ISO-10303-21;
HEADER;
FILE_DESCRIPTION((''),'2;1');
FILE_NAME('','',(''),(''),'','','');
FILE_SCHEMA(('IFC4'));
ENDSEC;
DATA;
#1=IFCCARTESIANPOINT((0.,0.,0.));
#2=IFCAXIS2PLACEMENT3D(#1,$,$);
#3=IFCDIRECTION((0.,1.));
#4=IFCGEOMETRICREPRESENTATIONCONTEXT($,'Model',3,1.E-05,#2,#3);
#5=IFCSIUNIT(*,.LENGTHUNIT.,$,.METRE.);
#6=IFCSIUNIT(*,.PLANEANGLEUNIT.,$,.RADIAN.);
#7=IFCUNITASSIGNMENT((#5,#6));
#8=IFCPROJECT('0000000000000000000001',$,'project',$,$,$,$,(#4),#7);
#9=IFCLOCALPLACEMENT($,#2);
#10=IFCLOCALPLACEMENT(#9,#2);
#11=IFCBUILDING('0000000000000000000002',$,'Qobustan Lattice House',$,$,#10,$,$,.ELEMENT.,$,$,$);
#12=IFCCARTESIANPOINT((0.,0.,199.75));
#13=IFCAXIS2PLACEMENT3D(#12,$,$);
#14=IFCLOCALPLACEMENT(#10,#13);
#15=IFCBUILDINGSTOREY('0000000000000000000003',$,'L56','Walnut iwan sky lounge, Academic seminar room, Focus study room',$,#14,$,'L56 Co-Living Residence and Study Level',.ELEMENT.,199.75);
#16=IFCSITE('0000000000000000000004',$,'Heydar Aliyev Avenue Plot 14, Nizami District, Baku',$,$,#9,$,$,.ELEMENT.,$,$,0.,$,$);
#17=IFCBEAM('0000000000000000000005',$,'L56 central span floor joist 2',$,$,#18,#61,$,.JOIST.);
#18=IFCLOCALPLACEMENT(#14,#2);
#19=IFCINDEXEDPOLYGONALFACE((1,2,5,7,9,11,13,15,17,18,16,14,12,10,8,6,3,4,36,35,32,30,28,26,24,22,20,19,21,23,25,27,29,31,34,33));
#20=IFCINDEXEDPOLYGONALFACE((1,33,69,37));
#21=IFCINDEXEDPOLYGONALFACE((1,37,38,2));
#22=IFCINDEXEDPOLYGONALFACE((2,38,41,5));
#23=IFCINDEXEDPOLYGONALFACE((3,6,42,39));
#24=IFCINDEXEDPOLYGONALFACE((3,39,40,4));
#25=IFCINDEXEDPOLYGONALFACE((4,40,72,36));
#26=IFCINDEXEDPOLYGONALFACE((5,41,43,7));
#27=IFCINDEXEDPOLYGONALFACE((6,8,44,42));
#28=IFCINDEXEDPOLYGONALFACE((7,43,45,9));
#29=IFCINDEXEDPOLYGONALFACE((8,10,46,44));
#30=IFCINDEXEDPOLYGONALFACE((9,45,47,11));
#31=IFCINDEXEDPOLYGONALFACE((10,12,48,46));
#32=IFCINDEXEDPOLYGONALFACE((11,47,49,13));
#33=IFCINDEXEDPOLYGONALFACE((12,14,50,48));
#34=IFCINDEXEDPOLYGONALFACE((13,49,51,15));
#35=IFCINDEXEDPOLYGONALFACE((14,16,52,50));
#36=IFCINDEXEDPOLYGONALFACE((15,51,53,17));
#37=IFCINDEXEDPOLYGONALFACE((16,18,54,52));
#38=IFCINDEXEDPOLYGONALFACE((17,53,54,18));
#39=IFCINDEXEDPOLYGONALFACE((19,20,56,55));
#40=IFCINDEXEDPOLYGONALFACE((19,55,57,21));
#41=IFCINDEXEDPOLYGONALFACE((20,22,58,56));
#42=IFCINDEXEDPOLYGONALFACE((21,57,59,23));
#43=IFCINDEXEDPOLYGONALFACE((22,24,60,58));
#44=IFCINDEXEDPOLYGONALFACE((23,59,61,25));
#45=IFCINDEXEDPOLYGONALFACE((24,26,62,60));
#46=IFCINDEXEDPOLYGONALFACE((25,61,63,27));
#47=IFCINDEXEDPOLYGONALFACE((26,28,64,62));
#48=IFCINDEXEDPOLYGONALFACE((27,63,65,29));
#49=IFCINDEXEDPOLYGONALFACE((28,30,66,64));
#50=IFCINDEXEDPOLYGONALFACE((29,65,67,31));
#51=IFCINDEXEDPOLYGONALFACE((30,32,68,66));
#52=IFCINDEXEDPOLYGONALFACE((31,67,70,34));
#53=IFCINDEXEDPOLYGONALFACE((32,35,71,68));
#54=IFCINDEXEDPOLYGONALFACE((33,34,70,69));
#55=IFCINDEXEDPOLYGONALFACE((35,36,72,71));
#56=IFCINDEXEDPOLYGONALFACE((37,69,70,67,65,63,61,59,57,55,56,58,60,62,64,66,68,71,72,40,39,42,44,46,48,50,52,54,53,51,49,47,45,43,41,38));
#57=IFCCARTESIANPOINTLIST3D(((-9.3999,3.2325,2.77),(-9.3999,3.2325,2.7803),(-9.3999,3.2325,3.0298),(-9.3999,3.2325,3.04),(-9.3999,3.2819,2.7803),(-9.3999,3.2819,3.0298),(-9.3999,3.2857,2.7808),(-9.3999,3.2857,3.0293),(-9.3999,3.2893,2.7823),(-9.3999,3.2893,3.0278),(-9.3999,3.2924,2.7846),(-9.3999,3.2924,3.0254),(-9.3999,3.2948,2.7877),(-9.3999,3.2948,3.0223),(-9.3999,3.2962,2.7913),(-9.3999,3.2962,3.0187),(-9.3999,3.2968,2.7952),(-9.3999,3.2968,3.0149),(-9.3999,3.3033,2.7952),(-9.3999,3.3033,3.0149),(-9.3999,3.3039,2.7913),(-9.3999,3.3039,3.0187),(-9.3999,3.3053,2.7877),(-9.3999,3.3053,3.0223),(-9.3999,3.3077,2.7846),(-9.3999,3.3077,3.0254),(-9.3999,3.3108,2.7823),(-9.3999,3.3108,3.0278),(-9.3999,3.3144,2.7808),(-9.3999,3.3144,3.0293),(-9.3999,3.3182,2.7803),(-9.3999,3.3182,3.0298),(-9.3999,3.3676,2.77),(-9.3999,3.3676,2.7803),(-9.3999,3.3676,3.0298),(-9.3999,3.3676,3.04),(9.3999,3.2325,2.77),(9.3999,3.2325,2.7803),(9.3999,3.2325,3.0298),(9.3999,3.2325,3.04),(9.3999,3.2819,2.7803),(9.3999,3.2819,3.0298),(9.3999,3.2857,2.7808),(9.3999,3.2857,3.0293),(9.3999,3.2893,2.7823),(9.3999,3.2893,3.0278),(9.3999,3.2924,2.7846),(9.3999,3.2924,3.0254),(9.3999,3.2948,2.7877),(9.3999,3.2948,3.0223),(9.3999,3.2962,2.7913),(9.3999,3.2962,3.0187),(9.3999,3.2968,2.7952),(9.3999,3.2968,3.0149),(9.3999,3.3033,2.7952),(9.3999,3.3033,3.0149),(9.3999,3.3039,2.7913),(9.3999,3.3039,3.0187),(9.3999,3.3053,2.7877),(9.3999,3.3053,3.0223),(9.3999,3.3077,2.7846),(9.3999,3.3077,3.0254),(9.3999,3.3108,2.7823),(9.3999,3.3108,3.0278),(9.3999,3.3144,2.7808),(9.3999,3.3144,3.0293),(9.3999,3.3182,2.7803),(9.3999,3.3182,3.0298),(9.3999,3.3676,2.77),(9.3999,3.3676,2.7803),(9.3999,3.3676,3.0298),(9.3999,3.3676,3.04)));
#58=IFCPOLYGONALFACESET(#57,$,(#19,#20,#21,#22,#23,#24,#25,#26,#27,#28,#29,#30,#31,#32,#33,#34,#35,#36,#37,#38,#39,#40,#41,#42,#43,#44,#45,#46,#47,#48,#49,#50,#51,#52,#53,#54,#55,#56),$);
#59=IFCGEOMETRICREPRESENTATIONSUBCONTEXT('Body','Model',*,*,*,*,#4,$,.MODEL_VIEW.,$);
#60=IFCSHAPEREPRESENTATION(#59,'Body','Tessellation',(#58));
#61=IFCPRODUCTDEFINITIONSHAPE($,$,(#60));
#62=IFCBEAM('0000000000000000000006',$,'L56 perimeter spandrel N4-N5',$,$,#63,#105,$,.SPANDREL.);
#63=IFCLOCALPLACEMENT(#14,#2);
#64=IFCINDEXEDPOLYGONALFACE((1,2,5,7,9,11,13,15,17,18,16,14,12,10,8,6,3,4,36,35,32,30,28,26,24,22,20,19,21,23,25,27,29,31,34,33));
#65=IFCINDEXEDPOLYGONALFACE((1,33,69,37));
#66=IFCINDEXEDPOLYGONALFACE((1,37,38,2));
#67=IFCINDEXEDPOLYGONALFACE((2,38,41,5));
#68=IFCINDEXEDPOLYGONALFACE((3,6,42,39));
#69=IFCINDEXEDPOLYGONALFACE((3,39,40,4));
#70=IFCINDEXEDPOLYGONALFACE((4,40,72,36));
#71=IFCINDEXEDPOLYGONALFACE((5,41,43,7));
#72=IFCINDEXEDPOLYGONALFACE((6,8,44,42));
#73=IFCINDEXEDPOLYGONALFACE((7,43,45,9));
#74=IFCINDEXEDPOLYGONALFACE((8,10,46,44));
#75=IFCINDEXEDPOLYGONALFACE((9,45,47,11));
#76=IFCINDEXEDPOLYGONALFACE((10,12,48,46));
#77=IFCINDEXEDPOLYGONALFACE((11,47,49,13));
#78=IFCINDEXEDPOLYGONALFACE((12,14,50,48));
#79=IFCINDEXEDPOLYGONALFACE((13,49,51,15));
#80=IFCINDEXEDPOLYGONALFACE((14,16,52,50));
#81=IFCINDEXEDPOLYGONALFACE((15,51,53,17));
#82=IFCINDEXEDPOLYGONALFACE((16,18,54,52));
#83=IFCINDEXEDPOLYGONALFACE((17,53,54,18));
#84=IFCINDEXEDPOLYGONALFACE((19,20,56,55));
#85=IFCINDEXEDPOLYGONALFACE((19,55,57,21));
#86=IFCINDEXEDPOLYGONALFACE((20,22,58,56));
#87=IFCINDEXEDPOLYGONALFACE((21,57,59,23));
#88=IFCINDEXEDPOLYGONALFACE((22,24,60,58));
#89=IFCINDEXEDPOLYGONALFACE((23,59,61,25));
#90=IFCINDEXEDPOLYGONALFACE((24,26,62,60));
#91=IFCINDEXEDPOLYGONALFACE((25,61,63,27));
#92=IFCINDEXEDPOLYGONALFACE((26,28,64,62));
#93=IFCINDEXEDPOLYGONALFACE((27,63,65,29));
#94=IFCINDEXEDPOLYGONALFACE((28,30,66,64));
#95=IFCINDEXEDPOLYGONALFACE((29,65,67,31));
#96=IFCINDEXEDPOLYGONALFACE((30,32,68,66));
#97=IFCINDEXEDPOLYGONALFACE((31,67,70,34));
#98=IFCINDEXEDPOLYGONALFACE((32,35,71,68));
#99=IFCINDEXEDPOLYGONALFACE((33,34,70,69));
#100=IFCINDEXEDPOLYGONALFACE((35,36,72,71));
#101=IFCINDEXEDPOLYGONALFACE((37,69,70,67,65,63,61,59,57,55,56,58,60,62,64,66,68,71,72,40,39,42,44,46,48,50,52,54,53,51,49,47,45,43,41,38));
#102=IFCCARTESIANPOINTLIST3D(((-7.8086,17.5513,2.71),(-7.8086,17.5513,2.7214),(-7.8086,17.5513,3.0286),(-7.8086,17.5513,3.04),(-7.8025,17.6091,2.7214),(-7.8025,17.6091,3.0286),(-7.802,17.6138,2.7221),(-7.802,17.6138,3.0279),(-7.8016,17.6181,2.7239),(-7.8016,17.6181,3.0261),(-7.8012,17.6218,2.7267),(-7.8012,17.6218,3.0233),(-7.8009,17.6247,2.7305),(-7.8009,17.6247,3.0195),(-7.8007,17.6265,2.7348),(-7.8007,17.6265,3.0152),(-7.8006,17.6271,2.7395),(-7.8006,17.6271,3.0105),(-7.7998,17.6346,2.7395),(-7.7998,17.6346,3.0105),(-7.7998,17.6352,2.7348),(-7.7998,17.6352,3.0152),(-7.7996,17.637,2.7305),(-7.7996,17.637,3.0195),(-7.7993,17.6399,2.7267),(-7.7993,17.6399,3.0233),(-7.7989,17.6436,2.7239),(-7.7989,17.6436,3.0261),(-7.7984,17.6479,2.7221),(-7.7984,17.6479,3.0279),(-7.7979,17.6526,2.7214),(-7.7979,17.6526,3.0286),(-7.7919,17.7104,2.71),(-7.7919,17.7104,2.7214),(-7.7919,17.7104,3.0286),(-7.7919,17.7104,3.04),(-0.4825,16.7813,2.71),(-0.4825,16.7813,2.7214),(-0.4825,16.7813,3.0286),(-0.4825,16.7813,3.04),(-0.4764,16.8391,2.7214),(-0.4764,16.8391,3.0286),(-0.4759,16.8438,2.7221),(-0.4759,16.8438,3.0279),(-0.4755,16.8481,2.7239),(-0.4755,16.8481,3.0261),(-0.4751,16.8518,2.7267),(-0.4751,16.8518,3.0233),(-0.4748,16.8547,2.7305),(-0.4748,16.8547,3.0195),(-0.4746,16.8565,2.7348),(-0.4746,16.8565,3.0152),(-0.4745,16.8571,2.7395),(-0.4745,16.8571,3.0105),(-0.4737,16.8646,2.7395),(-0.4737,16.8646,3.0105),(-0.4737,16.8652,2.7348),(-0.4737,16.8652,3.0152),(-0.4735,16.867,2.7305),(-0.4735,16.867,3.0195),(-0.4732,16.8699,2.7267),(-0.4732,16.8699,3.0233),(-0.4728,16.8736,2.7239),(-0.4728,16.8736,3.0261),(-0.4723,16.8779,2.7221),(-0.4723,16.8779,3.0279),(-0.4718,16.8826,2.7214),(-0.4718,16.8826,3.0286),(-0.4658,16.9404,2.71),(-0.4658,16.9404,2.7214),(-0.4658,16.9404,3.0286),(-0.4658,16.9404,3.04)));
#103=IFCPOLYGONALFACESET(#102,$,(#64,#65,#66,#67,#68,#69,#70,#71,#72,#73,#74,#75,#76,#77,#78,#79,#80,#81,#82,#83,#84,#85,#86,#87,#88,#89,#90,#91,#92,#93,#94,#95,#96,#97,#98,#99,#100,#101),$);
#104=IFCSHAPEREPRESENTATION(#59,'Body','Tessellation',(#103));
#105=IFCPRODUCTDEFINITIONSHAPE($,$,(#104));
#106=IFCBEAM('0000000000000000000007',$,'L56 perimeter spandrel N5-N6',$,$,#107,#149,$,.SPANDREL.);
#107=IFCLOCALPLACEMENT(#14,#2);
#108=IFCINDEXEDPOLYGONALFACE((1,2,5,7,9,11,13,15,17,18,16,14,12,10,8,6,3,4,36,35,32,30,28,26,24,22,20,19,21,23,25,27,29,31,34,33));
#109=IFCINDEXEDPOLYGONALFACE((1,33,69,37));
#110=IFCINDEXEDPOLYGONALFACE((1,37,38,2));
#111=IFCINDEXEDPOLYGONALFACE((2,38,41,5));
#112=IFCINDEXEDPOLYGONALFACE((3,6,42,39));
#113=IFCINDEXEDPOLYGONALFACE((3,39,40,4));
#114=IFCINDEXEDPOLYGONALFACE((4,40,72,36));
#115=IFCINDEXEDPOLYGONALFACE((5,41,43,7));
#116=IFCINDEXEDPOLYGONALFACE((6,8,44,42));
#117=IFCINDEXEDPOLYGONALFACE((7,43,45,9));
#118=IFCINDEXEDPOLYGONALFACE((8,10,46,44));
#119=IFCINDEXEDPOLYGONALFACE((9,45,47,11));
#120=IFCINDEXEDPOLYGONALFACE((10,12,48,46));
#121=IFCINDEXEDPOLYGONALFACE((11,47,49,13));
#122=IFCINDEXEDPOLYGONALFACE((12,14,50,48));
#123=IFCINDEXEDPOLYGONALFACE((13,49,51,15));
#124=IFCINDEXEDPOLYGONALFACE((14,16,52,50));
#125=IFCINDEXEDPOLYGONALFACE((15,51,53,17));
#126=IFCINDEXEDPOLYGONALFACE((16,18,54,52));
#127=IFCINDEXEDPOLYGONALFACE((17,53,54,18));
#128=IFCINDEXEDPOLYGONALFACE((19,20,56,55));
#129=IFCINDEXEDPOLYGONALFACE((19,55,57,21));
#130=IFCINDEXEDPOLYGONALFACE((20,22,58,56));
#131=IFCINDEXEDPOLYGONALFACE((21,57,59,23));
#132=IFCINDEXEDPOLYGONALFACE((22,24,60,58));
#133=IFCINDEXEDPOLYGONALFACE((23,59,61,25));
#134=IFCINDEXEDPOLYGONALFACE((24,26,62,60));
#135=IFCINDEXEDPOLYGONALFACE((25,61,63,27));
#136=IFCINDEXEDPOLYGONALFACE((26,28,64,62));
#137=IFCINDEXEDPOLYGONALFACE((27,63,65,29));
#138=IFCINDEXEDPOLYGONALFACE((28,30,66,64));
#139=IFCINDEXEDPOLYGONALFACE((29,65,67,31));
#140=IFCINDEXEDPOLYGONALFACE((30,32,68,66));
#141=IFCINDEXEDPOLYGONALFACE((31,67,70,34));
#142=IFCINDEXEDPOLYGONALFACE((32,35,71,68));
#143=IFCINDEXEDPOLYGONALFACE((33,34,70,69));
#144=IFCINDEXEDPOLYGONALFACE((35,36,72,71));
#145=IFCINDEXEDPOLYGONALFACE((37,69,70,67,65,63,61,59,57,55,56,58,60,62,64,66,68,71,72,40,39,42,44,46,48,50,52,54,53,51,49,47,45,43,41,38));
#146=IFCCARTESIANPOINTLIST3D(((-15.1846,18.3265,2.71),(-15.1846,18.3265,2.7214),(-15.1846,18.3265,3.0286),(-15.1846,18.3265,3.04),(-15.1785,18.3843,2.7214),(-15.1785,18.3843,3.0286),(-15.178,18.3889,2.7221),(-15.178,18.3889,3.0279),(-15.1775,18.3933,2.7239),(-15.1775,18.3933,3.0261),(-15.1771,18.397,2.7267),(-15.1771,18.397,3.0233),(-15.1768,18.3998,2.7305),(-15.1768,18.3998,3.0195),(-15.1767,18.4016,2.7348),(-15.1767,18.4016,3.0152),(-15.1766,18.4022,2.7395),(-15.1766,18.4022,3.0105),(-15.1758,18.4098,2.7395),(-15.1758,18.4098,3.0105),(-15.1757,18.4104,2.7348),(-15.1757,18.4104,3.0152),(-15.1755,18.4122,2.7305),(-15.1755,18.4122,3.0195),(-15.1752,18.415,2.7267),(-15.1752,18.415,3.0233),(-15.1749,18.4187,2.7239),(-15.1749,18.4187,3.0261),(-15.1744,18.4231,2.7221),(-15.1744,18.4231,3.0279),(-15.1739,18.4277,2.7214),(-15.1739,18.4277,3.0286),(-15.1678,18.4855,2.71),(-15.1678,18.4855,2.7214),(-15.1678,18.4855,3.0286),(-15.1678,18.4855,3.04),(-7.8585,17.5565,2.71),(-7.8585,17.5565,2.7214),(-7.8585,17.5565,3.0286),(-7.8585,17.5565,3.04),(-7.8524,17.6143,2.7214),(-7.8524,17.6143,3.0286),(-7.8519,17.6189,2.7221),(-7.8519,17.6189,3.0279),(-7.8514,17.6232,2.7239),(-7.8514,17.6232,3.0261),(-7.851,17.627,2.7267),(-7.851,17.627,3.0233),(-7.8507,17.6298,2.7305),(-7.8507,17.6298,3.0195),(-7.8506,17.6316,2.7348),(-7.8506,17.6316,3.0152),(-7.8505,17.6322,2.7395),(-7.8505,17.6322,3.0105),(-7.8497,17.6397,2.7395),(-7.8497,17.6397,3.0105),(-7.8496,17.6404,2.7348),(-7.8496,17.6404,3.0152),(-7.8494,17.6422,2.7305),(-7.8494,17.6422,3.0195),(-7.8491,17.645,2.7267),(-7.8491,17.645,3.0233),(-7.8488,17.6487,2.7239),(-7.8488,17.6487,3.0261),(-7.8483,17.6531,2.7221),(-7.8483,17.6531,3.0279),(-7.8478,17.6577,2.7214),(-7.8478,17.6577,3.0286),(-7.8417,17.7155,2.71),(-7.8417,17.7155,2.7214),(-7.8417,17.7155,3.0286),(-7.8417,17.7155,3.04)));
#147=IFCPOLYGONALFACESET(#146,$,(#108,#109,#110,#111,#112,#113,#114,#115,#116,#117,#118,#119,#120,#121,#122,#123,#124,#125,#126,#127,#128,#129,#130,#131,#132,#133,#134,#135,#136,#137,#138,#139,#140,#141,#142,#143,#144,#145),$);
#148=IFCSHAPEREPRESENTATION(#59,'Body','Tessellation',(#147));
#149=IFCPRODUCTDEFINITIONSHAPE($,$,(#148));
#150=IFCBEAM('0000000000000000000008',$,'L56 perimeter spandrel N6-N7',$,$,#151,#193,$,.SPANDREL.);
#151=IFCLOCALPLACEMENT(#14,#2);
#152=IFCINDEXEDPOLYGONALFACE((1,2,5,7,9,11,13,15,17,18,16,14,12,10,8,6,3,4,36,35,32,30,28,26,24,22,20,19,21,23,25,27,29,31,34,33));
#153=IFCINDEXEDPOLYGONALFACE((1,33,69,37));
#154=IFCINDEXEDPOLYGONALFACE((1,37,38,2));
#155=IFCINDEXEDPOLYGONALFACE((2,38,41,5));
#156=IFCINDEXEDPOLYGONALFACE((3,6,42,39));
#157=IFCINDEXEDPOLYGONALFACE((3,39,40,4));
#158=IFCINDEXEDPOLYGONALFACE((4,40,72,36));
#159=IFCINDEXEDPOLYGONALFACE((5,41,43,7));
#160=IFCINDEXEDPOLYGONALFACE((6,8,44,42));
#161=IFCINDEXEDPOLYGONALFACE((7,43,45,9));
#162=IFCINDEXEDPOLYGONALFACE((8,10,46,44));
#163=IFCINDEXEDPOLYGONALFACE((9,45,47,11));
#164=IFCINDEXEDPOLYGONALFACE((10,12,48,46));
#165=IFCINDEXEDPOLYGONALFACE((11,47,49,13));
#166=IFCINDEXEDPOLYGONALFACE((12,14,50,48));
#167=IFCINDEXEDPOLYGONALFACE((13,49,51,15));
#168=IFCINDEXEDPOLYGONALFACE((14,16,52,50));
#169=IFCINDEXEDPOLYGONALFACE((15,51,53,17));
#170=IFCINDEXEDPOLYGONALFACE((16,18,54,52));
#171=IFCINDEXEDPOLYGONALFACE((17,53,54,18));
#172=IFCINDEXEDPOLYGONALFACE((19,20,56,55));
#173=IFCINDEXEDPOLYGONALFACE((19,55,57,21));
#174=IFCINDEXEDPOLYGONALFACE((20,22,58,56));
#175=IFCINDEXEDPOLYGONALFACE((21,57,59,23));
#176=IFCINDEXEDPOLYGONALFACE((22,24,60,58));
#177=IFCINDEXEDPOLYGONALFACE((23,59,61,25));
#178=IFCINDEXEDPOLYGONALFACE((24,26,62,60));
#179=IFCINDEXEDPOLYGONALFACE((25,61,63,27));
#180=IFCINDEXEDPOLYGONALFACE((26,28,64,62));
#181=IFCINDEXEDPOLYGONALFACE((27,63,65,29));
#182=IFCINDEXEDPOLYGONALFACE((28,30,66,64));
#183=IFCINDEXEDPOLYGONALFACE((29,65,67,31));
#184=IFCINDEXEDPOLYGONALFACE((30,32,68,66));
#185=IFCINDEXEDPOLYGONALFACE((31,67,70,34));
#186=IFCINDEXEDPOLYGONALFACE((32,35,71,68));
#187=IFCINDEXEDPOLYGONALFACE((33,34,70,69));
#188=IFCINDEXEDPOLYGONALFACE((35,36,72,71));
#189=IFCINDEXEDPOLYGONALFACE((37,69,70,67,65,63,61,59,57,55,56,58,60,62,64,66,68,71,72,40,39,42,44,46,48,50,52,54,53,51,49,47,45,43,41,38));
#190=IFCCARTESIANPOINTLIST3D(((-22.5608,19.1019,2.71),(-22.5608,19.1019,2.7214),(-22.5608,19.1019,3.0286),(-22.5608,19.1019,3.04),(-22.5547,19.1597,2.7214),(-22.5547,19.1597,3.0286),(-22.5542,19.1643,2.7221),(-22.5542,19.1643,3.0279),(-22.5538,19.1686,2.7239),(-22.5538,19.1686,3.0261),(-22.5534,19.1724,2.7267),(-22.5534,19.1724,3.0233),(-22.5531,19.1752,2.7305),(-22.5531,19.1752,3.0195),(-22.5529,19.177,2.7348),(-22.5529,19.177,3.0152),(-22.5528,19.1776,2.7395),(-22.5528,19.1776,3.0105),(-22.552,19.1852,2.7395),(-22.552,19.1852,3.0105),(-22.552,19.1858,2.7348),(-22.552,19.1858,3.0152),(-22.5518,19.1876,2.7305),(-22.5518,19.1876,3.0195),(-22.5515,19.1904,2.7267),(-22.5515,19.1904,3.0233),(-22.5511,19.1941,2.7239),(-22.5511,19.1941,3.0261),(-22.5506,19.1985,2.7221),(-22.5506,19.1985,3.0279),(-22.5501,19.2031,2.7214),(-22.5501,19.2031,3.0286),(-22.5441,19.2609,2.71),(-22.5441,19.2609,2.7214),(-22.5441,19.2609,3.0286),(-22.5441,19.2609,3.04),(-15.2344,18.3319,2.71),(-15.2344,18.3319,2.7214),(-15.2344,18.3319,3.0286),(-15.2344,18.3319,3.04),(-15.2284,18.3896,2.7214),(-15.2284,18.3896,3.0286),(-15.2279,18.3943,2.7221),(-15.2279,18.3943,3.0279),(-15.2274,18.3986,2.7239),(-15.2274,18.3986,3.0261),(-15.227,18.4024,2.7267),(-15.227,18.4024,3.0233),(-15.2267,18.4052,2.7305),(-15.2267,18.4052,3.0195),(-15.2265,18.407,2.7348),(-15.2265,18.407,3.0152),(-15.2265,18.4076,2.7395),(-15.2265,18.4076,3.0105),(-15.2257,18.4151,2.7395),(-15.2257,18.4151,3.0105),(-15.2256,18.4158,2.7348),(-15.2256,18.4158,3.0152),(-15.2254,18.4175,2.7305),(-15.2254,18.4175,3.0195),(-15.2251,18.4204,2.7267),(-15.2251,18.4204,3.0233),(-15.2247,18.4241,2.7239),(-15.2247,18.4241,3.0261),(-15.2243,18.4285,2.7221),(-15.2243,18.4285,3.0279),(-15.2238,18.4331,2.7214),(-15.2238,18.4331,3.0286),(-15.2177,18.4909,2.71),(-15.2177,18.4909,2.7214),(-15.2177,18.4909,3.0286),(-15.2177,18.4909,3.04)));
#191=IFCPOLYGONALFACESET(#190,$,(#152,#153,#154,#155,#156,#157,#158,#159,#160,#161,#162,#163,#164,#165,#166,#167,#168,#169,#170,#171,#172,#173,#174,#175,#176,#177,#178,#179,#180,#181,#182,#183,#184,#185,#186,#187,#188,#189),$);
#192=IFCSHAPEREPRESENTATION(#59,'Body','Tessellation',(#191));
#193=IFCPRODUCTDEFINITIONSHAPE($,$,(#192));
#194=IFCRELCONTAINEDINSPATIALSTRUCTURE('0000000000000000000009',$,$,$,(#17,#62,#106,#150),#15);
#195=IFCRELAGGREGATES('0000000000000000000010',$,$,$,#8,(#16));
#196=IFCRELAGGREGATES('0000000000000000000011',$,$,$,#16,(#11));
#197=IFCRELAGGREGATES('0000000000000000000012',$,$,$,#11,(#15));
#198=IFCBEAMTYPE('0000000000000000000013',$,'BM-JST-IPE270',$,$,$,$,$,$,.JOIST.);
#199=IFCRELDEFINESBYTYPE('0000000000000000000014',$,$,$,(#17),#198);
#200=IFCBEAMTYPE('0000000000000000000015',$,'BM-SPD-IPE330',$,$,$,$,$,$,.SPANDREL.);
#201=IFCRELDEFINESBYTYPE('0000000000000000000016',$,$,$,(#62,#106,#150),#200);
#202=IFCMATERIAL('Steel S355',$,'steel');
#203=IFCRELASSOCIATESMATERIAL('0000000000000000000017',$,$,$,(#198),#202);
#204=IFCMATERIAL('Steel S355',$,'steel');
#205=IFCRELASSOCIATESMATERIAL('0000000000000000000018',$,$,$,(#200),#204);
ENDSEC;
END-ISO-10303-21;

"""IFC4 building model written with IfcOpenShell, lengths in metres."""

from ifc_helpers import new_model, si_unit, direction, frame, origin, origin_2d, place, context, subcontext, project, spatial, i_section, extrude, material, material_profile, profile_set, type_object, element, save


model = new_model("IFC4")

# Units and contexts
model_context = context("Model", 3, precision=1e-05, world=origin(), true_north=direction((0.0, 1.0)))
body_context = subcontext(model_context, "Body", "Model", "MODEL_VIEW")
ifc_project = project(units=[si_unit("LENGTHUNIT", "METRE"), si_unit("PLANEANGLEUNIT", "RADIAN")], contexts=[model_context])

# Site, building, storey
site_placement = place(None, origin())
site = spatial("IfcSite", under=ifc_project, at=site_placement, Name="Heydar Aliyev Avenue Plot 14, Nizami District, Baku", CompositionType="ELEMENT", RefElevation=0.0)
building_placement = place(site_placement, origin())
building = spatial("IfcBuilding", under=site, at=building_placement, Name="Qobustan Lattice House", CompositionType="ELEMENT")
storey_placement = place(building_placement, frame((0.0, 0.0, 199.75)))
storey = spatial("IfcBuildingStorey", under=building, at=storey_placement, Name="L56", Description="Walnut iwan sky lounge, Academic seminar room, Focus study room", LongName="L56 Co-Living Residence and Study Level", CompositionType="ELEMENT", Elevation=199.75)

# Beams
ifc_material_1 = material(Name="Steel S355", Category="steel")
ifc_material_profile_1 = material_profile(ifc_material_1, i_section(OverallWidth=0.135, OverallDepth=0.27, WebThickness=0.0066, FlangeThickness=0.0103, FilletRadius=0.0149, at=origin_2d()), Name="IPE270")
ifc_profile_set_1 = profile_set([ifc_material_profile_1], Name="Steel S355")
beam_type_1 = type_object("IfcBeamType", Name="BM-JST-IPE270", PredefinedType="JOIST", material=ifc_profile_set_1)
beam_1_placement = place(storey_placement, frame((-9.3999, 3.3, 2.905), z_axis=(1.0, 0.0, 0.0), x_axis=(0.0, 1.0, 0.0)))
element("IfcBeam", 1, at=beam_1_placement, inside=storey, type_object=beam_type_1, Name="L56 central span floor joist 2", PredefinedType="JOIST", context=body_context, shape_type="SweptSolid", body=[
    extrude(i_section(OverallWidth=0.135, OverallDepth=0.27, WebThickness=0.0066, FlangeThickness=0.0103, FilletRadius=0.0149, at=origin_2d()), origin(), (0.0, 0.0, 1.0), 18.7998),
])
ifc_material_2 = material(Name="Steel S355", Category="steel")
ifc_material_profile_2 = material_profile(ifc_material_2, i_section(OverallWidth=0.1599, OverallDepth=0.3301, WebThickness=0.0076, FlangeThickness=0.0115, FilletRadius=0.0181, at=origin_2d()), Name="IPE330")
ifc_profile_set_2 = profile_set([ifc_material_profile_2], Name="Steel S355")
beam_type_2 = type_object("IfcBeamType", Name="BM-SPD-IPE330", PredefinedType="SPANDREL", material=ifc_profile_set_2)
for number, where, z_axis, x_axis, name in (
    (2, (-0.4741, 16.8608, 2.875), (-0.994522, 0.10453, 0.0), (-0.10453, -0.994522, 0.0), "L56 perimeter spandrel N4-N5"),
    (3, (-7.8501, 17.636, 2.875), (-0.994522, 0.10453, 0.0), (-0.10453, -0.994522, 0.0), "L56 perimeter spandrel N5-N6"),
):
    element("IfcBeam", number, at=place(storey_placement, frame(where, z_axis=z_axis, x_axis=x_axis)), inside=storey, type_object=beam_type_2, Name=name, PredefinedType="SPANDREL", context=body_context, shape_type="SweptSolid", body=[
        extrude(i_section(OverallWidth=0.1599, OverallDepth=0.3301, WebThickness=0.0076, FlangeThickness=0.0115, FilletRadius=0.0181, at=origin_2d()), origin(), (0.0, 0.0, 1.0), 7.3665),
    ])
beam_2_placement = place(storey_placement, frame((-15.2261, 18.4114, 2.875), z_axis=(-0.994522, 0.104526, 0.0), x_axis=(-0.104526, -0.994522, 0.0)))
element("IfcBeam", 4, at=beam_2_placement, inside=storey, type_object=beam_type_2, Name="L56 perimeter spandrel N6-N7", PredefinedType="SPANDREL", context=body_context, shape_type="SweptSolid", body=[
    extrude(i_section(OverallWidth=0.1599, OverallDepth=0.3301, WebThickness=0.0076, FlangeThickness=0.0115, FilletRadius=0.0181, at=origin_2d()), origin(), (0.0, 0.0, 1.0), 7.3667),
])

save(model, "model.ifc")
